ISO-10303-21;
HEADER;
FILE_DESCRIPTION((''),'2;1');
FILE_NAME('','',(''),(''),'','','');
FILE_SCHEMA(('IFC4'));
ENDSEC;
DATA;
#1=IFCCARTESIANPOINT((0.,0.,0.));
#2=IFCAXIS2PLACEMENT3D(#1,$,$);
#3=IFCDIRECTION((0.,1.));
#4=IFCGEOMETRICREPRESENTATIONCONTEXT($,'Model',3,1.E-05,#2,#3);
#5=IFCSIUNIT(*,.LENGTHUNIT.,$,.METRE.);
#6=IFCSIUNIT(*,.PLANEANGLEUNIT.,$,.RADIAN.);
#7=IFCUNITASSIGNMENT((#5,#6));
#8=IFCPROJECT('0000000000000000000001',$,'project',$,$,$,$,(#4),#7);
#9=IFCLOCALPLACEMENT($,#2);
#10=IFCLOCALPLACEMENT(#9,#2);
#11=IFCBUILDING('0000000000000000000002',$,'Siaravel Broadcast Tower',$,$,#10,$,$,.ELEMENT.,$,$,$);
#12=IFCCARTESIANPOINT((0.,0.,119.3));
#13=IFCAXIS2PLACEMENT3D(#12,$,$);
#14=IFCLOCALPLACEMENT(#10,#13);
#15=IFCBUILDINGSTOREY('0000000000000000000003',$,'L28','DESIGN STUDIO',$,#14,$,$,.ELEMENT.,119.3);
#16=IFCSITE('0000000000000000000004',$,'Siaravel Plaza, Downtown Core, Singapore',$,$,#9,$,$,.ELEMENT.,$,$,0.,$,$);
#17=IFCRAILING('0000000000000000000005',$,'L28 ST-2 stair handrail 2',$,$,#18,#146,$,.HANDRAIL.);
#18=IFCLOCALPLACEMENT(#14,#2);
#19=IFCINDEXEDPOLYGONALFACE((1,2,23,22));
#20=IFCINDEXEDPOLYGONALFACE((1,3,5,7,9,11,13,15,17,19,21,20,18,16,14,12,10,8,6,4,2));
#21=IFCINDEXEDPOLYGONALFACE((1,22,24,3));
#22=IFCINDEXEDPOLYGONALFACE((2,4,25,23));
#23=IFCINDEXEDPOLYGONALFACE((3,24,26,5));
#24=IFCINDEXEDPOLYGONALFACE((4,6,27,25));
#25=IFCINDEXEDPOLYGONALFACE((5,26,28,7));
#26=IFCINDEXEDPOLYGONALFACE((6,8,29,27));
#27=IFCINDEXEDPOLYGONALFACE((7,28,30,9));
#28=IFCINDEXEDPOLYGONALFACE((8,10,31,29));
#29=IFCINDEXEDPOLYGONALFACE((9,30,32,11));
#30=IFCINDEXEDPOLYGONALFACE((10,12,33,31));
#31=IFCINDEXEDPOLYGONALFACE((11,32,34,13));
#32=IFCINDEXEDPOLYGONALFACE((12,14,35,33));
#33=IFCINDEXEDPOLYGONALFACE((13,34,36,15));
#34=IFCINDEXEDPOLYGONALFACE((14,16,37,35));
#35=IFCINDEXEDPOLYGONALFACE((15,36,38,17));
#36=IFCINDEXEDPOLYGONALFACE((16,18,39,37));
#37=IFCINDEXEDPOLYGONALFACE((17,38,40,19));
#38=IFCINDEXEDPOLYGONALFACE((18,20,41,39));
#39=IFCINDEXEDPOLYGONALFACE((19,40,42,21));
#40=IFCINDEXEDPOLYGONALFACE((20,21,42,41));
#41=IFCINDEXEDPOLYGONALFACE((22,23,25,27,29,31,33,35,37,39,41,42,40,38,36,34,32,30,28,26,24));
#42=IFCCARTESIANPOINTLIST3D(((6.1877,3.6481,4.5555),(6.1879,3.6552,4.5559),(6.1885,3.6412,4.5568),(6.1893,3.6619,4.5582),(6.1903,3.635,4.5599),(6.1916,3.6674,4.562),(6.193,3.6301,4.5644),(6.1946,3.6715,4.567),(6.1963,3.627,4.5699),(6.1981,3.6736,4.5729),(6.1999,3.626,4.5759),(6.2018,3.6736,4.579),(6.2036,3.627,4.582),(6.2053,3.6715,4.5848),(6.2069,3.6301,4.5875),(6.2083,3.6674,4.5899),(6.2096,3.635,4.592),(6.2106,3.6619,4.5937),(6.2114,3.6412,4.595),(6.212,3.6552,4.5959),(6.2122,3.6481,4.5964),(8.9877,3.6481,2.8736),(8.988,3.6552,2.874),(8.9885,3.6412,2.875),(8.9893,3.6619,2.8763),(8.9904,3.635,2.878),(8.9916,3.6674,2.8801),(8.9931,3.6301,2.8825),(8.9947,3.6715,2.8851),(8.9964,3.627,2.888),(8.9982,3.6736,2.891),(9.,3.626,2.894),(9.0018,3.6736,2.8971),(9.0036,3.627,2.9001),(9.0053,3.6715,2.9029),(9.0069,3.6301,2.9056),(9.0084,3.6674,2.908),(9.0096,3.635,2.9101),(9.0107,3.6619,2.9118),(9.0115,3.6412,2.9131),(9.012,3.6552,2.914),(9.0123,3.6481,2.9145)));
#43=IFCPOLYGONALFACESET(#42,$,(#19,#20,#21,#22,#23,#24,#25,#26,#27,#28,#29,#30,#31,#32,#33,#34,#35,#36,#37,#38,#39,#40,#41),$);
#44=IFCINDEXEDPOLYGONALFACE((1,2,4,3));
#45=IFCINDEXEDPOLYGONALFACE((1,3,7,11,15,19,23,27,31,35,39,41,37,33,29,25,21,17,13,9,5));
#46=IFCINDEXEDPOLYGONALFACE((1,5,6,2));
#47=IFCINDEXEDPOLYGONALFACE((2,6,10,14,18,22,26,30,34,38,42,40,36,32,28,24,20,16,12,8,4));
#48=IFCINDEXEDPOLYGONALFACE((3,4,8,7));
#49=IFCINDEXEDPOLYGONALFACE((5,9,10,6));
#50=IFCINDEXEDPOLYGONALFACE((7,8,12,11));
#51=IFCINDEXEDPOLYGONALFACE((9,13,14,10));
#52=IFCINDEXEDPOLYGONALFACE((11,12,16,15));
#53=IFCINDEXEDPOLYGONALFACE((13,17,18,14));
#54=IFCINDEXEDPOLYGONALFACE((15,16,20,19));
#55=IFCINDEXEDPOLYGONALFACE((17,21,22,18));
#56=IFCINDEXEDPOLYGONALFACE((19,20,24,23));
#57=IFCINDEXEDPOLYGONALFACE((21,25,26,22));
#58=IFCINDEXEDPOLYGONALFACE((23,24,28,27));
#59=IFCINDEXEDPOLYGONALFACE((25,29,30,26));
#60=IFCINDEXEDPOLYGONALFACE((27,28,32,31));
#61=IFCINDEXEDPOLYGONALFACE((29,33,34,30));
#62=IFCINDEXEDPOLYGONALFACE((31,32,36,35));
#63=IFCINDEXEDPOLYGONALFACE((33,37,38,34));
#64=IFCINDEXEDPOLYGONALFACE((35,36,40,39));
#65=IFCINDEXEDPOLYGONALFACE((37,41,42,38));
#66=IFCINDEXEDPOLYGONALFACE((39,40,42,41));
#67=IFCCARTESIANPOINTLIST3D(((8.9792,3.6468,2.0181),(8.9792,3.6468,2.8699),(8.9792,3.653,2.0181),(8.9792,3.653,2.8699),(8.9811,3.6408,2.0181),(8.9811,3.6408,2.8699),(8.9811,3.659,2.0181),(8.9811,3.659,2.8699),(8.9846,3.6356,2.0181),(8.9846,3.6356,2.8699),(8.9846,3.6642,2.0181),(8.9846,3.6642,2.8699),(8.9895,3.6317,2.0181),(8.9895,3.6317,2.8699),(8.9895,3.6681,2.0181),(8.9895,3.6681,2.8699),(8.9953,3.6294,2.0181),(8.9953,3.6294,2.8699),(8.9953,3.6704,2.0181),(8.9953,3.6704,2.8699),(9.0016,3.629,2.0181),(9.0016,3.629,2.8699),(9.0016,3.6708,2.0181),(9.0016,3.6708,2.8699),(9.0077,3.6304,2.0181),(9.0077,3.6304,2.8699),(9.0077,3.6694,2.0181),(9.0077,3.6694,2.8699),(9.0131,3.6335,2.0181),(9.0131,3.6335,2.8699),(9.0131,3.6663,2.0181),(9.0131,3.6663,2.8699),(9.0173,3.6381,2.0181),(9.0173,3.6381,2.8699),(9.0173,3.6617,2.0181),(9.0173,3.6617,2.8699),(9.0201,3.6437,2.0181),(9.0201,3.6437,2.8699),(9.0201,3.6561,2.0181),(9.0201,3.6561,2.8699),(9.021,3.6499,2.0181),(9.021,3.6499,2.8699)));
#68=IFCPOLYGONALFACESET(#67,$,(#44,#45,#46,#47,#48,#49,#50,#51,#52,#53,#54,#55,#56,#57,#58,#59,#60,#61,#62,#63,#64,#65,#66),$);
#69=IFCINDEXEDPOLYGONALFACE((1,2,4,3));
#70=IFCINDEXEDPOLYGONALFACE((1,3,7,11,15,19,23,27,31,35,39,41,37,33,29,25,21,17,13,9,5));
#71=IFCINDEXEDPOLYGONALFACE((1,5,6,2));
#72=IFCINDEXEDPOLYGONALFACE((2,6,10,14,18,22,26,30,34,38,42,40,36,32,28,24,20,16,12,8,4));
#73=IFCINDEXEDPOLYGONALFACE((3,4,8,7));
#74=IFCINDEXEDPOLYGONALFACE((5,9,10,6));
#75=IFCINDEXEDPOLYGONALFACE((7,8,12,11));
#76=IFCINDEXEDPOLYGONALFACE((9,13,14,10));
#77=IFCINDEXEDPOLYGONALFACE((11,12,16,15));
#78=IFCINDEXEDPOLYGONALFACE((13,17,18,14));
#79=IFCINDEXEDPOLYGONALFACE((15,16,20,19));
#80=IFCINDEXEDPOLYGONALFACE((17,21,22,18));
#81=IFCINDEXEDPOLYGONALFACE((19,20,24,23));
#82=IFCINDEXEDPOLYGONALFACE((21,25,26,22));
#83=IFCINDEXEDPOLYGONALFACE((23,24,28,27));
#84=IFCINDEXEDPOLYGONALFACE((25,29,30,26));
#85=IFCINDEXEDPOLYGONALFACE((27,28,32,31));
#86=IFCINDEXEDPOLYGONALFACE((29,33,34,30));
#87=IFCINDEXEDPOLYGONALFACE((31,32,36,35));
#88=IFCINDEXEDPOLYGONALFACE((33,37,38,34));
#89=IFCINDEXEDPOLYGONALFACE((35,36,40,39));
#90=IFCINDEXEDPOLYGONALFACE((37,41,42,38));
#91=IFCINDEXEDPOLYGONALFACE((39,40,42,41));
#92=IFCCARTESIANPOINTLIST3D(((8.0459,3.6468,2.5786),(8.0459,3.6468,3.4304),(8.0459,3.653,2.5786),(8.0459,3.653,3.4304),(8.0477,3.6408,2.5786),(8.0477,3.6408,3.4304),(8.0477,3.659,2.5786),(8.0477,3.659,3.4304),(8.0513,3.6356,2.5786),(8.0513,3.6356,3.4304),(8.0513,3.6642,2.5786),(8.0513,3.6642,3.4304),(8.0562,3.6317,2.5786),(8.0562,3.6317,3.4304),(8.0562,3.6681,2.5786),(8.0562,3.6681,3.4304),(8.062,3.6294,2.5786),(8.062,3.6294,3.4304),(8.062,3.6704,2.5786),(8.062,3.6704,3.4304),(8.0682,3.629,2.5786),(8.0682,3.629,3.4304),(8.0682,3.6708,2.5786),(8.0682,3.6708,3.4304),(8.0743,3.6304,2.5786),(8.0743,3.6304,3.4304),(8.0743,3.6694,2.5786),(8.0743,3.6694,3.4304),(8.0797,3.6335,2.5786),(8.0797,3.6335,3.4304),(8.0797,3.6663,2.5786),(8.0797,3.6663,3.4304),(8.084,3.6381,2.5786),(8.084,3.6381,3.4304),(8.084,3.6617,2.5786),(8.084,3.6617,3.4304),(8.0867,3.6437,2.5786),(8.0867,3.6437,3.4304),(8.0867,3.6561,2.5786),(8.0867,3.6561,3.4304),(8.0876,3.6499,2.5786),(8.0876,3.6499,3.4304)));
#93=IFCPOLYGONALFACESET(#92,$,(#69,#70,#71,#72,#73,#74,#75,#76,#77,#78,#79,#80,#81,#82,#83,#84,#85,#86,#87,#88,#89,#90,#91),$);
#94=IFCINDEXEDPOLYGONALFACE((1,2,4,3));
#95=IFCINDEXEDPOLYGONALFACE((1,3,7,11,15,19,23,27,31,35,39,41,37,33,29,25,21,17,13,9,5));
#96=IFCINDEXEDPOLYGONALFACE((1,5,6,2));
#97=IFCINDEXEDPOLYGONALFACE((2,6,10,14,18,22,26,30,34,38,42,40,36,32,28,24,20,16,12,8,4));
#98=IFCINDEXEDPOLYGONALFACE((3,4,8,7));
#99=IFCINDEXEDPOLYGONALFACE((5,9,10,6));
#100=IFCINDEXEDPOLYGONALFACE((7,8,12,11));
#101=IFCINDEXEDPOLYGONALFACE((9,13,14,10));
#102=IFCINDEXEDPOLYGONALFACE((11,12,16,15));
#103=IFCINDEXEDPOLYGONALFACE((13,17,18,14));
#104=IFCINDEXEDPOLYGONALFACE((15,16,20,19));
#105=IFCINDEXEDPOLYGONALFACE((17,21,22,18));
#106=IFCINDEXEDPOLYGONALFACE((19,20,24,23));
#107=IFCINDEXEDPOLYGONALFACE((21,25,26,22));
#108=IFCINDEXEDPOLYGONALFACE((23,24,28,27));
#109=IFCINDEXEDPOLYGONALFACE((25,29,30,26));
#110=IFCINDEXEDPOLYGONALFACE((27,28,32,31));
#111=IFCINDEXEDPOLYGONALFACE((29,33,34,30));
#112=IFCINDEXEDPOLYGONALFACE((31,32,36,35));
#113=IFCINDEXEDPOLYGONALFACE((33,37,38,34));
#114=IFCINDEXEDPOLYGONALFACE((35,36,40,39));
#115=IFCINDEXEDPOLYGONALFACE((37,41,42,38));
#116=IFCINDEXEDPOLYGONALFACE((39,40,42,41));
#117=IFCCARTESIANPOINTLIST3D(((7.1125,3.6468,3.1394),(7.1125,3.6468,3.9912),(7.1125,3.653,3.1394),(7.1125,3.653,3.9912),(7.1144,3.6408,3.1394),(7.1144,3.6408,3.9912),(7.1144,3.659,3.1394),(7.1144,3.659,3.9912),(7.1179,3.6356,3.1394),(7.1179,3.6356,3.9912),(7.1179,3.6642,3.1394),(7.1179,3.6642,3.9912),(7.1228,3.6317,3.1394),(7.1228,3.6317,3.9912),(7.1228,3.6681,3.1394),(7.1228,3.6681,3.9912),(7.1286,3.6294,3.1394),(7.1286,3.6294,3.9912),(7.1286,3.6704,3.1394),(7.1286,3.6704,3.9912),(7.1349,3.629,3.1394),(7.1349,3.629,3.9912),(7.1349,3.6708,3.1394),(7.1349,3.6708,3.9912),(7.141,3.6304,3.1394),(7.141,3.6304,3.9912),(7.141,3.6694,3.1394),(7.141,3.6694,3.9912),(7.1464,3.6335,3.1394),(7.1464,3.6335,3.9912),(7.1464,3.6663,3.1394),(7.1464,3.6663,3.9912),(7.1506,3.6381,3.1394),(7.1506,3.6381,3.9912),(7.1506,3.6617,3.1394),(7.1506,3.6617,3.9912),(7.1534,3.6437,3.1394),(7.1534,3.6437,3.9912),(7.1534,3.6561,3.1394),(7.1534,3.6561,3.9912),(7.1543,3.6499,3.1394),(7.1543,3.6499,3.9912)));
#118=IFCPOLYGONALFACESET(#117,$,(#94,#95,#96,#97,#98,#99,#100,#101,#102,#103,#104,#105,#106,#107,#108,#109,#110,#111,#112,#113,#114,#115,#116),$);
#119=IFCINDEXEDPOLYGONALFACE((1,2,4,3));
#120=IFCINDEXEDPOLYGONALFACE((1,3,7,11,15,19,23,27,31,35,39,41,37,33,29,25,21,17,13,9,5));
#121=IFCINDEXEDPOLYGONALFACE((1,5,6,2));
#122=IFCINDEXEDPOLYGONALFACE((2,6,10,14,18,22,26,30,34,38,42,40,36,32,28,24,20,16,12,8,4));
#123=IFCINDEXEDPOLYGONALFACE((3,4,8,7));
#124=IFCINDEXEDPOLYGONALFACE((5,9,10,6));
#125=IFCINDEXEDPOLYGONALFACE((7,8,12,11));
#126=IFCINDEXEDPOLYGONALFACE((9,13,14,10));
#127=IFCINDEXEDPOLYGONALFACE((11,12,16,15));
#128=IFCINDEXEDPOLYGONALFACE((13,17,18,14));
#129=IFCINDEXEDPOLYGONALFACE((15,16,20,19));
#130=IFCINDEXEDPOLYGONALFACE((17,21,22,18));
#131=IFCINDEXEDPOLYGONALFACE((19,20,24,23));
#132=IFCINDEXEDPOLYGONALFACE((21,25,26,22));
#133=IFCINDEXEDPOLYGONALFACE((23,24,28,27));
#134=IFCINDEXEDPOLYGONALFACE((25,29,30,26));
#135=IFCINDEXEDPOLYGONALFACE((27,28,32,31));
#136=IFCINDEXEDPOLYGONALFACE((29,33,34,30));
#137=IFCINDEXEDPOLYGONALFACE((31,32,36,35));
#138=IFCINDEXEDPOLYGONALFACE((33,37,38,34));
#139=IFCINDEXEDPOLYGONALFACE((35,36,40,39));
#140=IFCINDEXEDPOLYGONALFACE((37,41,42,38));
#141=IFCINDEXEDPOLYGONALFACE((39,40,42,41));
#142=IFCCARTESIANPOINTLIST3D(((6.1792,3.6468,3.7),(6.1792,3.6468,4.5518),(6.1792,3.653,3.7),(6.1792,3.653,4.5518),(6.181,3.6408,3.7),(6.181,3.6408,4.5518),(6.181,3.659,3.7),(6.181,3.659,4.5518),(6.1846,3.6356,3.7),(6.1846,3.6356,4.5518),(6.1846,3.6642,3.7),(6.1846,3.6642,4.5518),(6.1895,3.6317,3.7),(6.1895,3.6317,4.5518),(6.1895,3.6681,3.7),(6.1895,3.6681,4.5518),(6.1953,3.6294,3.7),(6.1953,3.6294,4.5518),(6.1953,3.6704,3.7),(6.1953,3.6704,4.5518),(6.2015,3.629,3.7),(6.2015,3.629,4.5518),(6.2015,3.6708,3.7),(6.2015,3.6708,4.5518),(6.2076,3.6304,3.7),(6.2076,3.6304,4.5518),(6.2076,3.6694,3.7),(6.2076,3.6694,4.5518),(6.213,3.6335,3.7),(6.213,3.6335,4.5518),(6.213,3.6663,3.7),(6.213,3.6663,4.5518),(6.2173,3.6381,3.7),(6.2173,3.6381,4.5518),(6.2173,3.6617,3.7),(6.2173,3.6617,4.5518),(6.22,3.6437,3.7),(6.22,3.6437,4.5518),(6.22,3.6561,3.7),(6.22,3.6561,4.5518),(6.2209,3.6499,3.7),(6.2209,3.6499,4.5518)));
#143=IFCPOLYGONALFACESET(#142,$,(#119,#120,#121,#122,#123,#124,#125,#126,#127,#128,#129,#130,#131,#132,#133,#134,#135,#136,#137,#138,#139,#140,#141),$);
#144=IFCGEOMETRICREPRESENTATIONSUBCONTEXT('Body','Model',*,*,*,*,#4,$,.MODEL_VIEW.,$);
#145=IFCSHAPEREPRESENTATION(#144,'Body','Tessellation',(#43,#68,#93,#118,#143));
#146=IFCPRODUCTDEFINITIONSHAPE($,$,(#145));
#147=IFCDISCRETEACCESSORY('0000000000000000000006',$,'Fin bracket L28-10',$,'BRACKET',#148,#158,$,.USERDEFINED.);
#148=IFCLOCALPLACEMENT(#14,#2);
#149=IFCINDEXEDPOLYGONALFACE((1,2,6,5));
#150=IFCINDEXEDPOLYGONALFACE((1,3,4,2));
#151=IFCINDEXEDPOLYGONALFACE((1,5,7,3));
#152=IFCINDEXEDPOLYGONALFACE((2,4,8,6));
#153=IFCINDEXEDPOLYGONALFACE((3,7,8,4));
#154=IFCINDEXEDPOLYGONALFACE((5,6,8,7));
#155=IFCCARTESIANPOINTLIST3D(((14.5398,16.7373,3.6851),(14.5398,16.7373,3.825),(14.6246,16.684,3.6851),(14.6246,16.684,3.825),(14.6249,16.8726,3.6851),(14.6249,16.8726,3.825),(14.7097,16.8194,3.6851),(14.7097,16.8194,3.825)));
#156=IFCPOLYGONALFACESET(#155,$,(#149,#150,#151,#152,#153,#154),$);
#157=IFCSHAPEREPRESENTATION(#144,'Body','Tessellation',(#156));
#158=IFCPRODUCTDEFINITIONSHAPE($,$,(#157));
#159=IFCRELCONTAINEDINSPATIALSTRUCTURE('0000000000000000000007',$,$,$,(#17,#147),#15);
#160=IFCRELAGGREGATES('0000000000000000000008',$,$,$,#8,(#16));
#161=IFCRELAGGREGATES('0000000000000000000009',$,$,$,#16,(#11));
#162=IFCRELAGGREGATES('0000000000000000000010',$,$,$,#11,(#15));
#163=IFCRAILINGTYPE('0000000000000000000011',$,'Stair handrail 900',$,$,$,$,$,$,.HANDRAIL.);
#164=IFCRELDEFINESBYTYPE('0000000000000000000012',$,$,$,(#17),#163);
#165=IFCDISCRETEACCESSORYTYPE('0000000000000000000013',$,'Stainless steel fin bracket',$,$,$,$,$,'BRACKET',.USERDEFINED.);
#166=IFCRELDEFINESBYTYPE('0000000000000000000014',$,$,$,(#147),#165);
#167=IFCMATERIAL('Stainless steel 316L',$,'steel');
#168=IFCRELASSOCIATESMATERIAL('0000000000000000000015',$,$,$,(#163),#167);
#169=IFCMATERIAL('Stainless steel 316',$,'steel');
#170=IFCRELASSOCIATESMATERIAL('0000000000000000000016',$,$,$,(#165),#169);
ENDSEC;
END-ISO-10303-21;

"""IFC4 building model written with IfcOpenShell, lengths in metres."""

from ifc_helpers import new_model, si_unit, direction, frame, origin, origin_2d, place, context, subcontext, project, spatial, rectangle, circle, extrude, material, type_object, element, save


model = new_model("IFC4")

# Units and contexts
model_context = context("Model", 3, precision=1e-05, world=origin(), true_north=direction((0.0, 1.0)))
body_context = subcontext(model_context, "Body", "Model", "MODEL_VIEW")
ifc_project = project(units=[si_unit("LENGTHUNIT", "METRE"), si_unit("PLANEANGLEUNIT", "RADIAN")], contexts=[model_context])

# Site, building, storey
site_placement = place(None, origin())
site = spatial("IfcSite", under=ifc_project, at=site_placement, Name="Siaravel Plaza, Downtown Core, Singapore", CompositionType="ELEMENT", RefElevation=0.0)
building_placement = place(site_placement, origin())
building = spatial("IfcBuilding", under=site, at=building_placement, Name="Siaravel Broadcast Tower", CompositionType="ELEMENT")
storey_placement = place(building_placement, frame((0.0, 0.0, 119.3)))
storey = spatial("IfcBuildingStorey", under=building, at=storey_placement, Name="L28", Description="DESIGN STUDIO", CompositionType="ELEMENT", Elevation=119.3)

# Railing
ifc_material_1 = material(Name="Stainless steel 316L", Category="steel")
railing_type_1 = type_object("IfcRailingType", Name="Stair handrail 900", PredefinedType="HANDRAIL", material=ifc_material_1)
railing_1_placement = place(storey_placement, frame((9.0, 3.6499, 2.0181)))
element("IfcRailing", 1, at=railing_1_placement, inside=storey, type_object=railing_type_1, Name="L28 ST-2 stair handrail 2", PredefinedType="HANDRAIL", context=body_context, shape_type="SweptSolid", body=[
    extrude(circle(Radius=0.0239, at=origin_2d()), frame((0.0, 0.0, 0.876), z_axis=(-0.857242, 0.0, 0.514913), x_axis=(0.0, -1.0, 0.0)), (0.0, 0.0, 1.0), 3.2664),
    extrude(circle(Radius=0.021, at=origin_2d()), origin(), (0.0, 0.0, 1.0), 0.8518),
    extrude(circle(Radius=0.021, at=origin_2d()), frame((-0.9333, 0.0, 0.5605)), (0.0, 0.0, 1.0), 0.8518),
    extrude(circle(Radius=0.021, at=origin_2d()), frame((-1.8667, 0.0, 1.1213)), (0.0, 0.0, 1.0), 0.8518),
    extrude(circle(Radius=0.021, at=origin_2d()), frame((-2.8, 0.0, 1.6819)), (0.0, 0.0, 1.0), 0.8518),
])

# Discrete accessory
ifc_material_2 = material(Name="Stainless steel 316", Category="steel")
discrete_accessory_type = type_object("IfcDiscreteAccessoryType", Name="Stainless steel fin bracket", ElementType="BRACKET", PredefinedType="USERDEFINED", material=ifc_material_2)
discrete_accessory_placement = place(storey_placement, frame((14.6248, 16.7783, 3.6851), z_axis=(0.0, 0.0, 1.0), x_axis=(0.532149, 0.84665, 0.0)))
element("IfcDiscreteAccessory", 2, at=discrete_accessory_placement, inside=storey, type_object=discrete_accessory_type, Name="Fin bracket L28-10", ObjectType="BRACKET", PredefinedType="USERDEFINED", context=body_context, shape_type="SweptSolid", body=[
    extrude(rectangle(XDim=0.1599, YDim=0.1001, at=origin_2d()), origin(), (0.0, 0.0, 1.0), 0.1399),
])

save(model, "model.ifc")
